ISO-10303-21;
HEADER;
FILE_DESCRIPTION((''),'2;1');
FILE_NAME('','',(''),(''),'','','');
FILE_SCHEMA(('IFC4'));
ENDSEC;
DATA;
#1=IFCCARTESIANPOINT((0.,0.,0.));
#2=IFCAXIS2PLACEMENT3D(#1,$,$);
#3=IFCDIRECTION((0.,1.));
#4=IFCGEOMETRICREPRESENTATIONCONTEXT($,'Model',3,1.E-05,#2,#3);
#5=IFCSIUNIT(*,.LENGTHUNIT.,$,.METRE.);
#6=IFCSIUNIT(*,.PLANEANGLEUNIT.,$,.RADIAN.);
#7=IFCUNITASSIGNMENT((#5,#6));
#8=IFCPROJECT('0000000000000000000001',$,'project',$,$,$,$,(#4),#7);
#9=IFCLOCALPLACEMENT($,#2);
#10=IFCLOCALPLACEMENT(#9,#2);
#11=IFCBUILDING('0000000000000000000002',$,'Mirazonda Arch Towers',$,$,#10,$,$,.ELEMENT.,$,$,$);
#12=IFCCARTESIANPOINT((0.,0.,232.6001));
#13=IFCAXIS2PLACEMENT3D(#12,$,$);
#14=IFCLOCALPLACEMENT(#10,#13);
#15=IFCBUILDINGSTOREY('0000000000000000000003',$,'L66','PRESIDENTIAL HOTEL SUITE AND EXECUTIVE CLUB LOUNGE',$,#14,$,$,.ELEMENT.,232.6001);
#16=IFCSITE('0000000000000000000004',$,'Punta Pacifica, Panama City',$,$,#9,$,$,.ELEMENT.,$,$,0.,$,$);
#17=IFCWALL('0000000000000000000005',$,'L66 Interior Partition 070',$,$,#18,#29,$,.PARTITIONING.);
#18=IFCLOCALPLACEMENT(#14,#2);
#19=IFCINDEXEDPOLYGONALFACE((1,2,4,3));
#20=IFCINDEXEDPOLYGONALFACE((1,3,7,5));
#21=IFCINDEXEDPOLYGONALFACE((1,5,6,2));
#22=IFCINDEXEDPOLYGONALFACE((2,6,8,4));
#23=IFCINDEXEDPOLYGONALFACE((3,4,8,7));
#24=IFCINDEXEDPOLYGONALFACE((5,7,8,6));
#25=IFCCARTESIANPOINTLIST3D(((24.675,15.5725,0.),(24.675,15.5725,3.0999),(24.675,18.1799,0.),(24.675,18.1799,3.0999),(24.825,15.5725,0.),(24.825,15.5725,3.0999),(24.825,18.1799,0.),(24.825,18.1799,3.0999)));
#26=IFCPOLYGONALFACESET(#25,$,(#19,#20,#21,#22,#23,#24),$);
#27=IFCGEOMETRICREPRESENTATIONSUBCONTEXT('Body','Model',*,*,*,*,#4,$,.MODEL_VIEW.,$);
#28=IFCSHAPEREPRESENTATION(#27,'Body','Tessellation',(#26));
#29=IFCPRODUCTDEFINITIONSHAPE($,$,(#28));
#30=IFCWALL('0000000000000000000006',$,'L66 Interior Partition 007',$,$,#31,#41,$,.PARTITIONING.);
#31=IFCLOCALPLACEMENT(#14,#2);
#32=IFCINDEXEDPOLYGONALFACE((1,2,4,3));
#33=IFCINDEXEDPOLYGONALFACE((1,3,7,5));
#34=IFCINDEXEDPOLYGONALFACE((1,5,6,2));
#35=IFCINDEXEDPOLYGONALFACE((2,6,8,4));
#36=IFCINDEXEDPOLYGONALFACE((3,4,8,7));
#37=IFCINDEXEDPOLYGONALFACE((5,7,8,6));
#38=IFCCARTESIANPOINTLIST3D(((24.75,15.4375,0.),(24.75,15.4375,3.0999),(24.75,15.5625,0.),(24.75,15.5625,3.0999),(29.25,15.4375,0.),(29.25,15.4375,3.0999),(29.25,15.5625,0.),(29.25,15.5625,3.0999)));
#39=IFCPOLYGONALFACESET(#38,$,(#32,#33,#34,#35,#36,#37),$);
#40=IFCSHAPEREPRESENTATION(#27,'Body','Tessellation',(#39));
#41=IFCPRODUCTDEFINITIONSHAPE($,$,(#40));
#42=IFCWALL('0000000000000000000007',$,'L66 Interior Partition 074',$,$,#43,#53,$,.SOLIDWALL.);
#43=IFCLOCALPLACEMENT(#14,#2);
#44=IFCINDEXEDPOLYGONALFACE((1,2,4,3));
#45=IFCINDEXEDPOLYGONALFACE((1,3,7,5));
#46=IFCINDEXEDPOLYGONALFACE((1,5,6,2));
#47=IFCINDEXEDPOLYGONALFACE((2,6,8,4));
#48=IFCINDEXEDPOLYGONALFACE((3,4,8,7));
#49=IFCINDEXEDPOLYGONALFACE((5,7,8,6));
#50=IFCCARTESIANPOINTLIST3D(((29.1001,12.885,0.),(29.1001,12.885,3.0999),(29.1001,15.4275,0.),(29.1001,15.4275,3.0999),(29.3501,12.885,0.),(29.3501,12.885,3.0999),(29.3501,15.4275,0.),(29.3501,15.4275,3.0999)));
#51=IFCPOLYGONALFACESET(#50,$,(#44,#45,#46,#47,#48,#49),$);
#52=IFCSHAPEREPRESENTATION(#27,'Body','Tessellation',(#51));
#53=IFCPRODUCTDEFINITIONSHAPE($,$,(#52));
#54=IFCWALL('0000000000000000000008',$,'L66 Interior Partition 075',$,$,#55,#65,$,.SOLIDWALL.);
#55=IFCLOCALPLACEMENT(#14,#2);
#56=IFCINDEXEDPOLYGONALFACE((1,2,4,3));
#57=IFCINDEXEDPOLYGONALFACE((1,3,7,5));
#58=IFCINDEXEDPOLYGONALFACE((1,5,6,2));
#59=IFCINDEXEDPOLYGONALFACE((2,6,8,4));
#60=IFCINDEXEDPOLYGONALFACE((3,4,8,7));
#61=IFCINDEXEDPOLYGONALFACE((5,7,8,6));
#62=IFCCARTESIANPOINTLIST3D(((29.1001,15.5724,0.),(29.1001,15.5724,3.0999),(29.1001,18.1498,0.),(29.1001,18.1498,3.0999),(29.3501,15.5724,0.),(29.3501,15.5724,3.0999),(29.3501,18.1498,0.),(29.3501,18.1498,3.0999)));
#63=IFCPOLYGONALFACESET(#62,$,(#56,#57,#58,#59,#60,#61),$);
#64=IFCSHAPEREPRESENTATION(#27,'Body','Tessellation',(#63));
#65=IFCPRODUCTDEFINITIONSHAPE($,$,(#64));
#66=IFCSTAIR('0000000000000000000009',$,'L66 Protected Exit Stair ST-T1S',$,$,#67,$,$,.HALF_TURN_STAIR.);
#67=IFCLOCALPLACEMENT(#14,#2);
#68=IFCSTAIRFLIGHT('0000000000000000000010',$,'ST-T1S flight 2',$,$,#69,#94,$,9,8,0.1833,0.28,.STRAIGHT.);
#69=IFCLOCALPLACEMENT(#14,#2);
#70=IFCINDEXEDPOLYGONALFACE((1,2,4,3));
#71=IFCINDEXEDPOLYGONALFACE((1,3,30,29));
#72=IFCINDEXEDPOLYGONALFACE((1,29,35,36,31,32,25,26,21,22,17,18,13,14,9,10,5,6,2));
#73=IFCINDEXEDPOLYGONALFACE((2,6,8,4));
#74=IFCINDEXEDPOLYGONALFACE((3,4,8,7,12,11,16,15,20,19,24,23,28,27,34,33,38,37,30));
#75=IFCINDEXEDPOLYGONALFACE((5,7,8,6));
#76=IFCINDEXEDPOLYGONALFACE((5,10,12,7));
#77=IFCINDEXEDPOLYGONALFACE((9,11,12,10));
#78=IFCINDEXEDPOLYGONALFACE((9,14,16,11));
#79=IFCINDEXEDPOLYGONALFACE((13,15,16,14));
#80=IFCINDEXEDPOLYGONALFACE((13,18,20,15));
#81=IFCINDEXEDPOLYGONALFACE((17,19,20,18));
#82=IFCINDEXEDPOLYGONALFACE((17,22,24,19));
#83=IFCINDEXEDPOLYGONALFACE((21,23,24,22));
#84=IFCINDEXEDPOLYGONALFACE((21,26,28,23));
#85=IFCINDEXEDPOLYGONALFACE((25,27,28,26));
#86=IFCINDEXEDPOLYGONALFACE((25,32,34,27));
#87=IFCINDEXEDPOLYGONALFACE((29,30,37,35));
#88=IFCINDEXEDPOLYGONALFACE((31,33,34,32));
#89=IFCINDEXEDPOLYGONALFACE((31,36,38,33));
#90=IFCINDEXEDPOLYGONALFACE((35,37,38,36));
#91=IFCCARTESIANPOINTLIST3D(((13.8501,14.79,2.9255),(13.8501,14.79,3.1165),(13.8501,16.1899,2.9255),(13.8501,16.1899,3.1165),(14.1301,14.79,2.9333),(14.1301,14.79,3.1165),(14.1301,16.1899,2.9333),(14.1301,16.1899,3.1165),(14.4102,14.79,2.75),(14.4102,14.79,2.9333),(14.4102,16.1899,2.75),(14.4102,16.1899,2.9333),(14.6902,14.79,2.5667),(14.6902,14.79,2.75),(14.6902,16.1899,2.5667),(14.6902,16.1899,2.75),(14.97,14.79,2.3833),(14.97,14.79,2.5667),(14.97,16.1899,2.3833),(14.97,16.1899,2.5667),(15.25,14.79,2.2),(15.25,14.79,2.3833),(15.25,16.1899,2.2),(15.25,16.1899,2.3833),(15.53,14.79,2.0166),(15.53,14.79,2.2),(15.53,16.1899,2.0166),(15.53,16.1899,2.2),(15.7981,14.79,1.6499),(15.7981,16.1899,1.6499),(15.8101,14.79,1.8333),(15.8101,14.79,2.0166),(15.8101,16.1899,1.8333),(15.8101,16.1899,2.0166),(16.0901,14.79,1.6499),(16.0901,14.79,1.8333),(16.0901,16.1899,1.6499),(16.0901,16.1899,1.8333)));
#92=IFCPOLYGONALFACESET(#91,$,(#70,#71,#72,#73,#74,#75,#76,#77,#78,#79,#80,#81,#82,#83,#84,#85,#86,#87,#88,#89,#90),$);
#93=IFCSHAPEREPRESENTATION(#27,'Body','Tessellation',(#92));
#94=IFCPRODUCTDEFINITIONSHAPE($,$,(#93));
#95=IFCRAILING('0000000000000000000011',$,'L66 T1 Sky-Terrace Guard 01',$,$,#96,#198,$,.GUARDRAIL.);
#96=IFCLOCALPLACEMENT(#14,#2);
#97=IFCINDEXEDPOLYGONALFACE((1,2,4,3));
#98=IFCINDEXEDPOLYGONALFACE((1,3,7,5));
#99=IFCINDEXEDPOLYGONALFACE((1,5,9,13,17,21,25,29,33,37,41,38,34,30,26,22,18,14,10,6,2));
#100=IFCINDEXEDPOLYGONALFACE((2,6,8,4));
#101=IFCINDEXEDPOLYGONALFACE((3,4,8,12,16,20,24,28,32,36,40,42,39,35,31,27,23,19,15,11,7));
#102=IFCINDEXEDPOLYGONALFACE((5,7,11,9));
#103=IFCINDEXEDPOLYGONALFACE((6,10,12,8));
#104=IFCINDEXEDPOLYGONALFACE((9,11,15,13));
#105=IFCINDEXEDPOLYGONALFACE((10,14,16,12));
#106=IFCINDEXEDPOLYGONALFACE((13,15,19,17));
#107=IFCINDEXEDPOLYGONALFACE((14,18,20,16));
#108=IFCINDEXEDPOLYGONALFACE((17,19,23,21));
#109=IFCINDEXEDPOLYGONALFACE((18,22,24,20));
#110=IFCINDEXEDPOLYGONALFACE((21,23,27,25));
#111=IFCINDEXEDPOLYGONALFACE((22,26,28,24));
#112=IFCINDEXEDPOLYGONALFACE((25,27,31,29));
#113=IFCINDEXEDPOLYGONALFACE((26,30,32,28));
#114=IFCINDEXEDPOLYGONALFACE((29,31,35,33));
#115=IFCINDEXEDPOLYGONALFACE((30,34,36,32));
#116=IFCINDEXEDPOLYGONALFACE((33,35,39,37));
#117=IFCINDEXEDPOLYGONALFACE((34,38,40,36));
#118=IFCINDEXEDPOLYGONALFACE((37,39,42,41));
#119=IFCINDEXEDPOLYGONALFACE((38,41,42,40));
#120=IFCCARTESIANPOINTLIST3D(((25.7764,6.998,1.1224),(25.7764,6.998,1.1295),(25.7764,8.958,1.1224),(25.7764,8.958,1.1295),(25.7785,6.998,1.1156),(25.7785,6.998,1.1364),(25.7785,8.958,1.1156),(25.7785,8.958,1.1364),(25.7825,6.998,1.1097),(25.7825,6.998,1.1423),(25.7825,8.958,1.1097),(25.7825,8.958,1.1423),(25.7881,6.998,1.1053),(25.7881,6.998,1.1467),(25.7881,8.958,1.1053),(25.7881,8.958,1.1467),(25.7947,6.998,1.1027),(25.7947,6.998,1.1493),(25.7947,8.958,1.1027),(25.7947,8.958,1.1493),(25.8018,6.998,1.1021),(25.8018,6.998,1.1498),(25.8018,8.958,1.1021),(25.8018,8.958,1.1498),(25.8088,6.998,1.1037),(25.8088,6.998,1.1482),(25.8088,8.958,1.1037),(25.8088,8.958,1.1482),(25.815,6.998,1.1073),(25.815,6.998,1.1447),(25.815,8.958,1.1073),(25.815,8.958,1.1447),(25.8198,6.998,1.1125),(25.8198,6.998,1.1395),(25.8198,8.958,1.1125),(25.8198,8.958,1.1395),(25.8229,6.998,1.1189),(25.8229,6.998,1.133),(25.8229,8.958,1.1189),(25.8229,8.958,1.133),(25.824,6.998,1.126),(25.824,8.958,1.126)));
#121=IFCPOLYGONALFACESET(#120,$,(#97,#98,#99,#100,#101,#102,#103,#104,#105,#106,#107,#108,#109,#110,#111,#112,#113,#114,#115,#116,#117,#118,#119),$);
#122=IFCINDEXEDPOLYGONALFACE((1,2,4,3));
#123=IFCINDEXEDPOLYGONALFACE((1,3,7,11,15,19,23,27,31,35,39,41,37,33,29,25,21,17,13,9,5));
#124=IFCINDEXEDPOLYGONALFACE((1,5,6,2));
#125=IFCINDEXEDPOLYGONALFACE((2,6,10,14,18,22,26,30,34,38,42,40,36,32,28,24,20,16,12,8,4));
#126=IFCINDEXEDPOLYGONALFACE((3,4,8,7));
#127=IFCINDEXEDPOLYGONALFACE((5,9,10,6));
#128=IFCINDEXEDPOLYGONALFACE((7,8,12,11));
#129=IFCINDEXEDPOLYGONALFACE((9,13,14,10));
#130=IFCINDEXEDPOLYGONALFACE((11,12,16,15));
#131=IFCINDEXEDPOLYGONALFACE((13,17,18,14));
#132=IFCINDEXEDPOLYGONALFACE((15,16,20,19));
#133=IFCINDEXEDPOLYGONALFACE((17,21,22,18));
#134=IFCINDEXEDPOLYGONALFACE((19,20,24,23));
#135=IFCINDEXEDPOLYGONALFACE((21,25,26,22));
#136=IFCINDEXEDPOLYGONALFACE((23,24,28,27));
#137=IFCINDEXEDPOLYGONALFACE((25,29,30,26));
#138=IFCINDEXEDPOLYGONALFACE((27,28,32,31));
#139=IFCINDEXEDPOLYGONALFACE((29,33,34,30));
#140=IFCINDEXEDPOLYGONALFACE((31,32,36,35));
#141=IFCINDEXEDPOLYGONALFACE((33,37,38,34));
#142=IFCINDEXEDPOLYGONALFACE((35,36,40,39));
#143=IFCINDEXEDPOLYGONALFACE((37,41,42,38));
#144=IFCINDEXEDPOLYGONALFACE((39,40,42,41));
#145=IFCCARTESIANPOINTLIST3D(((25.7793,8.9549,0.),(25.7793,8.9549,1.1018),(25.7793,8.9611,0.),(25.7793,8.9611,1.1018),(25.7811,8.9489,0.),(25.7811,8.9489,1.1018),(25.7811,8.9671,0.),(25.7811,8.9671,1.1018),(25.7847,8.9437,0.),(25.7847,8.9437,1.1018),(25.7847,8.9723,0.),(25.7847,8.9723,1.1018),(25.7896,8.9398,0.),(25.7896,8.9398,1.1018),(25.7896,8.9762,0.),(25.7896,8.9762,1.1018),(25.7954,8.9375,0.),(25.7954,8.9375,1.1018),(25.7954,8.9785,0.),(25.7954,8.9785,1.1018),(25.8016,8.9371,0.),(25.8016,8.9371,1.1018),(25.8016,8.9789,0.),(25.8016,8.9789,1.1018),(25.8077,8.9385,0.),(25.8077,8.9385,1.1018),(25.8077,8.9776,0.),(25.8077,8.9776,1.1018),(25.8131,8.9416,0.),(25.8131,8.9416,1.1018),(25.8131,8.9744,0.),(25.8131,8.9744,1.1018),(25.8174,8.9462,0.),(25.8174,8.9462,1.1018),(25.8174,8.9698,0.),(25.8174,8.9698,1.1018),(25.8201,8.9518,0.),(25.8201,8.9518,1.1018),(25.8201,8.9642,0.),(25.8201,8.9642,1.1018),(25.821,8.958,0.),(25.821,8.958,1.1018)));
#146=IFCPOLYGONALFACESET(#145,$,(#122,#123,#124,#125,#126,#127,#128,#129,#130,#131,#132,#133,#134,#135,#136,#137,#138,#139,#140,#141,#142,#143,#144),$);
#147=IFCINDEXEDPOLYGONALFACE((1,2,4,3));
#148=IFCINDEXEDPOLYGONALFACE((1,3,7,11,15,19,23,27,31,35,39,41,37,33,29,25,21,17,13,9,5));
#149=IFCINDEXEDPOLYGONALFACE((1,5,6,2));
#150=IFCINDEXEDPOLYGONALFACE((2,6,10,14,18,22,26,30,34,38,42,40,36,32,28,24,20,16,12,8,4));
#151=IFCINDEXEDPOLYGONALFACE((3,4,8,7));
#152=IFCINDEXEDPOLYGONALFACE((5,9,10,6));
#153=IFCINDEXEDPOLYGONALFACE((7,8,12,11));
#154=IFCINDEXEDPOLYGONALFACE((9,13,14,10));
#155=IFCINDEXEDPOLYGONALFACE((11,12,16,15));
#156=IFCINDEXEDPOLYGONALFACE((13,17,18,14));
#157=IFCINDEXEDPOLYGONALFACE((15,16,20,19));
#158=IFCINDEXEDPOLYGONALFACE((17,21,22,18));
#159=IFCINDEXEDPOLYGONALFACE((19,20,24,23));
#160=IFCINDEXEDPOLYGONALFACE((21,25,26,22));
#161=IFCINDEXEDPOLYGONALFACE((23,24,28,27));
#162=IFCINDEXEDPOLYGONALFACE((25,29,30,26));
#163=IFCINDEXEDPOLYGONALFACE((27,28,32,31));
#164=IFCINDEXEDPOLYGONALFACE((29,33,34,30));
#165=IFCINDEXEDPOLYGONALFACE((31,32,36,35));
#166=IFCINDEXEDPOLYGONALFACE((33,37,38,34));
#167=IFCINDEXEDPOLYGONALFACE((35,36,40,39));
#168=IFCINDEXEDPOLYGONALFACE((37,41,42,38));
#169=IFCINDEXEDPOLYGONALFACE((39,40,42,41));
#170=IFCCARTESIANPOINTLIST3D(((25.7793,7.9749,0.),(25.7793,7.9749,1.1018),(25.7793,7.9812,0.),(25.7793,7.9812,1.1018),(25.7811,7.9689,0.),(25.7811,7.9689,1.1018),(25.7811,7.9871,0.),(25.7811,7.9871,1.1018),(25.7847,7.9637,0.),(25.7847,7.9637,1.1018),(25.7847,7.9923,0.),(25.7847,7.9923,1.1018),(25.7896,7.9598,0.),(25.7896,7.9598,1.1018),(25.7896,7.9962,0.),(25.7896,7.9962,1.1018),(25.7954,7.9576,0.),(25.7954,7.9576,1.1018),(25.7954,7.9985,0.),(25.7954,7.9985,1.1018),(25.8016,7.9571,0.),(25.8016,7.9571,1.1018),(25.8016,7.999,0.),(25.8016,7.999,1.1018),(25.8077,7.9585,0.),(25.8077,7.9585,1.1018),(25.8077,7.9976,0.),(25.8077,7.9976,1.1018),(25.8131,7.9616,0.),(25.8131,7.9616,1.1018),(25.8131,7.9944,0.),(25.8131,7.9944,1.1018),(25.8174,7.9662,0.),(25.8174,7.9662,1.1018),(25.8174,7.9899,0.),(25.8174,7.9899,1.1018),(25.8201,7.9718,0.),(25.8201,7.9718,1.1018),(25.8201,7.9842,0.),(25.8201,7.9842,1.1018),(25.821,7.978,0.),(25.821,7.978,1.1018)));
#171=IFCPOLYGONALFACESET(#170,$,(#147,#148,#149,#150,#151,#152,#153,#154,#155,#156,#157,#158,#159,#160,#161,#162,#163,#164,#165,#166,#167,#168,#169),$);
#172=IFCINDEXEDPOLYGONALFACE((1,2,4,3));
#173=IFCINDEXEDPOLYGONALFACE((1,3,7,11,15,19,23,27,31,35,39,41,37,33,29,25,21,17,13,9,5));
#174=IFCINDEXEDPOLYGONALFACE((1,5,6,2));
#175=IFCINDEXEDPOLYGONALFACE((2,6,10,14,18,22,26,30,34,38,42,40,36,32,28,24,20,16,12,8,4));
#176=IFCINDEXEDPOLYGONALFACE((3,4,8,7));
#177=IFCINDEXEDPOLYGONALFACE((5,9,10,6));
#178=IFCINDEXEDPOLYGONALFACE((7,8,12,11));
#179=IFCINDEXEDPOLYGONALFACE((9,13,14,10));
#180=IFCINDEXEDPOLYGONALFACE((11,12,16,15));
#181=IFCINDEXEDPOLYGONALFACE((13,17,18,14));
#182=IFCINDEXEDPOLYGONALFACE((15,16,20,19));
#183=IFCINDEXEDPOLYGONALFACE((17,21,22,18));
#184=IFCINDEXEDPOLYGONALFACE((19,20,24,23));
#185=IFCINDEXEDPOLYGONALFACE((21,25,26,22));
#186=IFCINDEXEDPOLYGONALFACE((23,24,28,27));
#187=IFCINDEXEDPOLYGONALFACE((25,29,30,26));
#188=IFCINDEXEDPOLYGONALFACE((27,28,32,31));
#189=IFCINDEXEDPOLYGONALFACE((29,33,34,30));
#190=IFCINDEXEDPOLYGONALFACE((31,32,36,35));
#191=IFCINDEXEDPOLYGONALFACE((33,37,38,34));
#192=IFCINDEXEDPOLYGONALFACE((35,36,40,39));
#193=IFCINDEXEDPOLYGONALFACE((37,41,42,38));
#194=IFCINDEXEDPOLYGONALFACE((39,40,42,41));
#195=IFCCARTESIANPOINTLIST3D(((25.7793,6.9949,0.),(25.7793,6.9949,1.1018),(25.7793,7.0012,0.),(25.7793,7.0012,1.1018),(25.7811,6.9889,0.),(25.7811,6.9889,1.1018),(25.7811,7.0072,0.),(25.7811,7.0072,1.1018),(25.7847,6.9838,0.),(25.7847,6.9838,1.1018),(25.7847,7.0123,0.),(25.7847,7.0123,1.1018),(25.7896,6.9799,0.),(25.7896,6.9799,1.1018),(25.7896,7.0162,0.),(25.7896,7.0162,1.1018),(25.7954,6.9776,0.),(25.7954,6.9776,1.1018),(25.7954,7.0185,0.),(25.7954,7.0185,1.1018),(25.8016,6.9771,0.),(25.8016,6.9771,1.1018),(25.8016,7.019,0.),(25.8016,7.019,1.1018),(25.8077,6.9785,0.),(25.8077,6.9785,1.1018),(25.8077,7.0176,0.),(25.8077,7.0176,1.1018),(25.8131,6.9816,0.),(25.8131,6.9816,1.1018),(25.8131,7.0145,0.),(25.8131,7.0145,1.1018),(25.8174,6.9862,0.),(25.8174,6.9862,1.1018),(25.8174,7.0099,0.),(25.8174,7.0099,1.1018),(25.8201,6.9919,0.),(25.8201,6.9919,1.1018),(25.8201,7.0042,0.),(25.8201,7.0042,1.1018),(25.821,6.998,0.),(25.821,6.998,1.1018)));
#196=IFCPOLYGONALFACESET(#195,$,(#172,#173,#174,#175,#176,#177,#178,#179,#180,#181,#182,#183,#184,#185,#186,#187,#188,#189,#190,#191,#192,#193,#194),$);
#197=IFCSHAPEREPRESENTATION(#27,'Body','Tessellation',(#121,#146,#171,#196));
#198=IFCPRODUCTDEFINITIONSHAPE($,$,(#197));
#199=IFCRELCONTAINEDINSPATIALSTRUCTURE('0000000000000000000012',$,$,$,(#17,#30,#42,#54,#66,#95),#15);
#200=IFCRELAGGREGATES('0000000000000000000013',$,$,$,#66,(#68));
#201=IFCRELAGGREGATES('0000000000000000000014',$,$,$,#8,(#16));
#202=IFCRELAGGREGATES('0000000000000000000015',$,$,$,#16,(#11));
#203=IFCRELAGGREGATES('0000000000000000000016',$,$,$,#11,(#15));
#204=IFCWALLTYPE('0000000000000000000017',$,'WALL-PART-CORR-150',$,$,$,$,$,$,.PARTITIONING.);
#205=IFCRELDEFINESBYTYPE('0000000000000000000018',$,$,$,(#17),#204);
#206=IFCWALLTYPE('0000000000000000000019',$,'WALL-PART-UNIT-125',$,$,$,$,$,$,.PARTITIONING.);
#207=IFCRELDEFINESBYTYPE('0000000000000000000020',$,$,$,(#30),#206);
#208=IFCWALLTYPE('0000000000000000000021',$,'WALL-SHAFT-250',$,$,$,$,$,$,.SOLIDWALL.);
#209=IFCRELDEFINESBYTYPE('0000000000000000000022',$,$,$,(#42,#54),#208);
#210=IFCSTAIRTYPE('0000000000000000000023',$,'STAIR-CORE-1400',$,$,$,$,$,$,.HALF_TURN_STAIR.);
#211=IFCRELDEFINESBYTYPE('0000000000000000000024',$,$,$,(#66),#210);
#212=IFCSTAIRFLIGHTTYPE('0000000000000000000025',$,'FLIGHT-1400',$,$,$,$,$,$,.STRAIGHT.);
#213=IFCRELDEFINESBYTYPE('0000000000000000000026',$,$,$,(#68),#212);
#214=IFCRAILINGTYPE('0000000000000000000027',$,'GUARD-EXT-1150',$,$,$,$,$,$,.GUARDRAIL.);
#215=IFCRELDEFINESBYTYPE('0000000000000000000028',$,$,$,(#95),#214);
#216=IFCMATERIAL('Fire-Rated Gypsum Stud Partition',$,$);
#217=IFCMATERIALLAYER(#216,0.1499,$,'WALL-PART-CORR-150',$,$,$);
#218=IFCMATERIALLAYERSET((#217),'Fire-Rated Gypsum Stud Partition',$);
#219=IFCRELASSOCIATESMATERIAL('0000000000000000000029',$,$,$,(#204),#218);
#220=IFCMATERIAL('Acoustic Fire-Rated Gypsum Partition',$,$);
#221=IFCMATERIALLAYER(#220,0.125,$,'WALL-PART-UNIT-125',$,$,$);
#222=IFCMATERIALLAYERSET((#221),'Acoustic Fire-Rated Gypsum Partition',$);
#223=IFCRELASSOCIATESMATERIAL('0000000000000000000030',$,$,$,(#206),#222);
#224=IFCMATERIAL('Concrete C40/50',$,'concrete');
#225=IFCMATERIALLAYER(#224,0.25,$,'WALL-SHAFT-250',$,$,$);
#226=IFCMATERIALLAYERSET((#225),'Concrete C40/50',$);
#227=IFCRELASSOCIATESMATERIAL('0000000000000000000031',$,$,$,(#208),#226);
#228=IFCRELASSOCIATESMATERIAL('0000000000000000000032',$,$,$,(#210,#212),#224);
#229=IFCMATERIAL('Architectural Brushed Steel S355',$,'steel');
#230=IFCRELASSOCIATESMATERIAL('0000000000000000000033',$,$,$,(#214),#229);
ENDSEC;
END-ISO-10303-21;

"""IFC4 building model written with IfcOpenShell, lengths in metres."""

from ifc_helpers import new_model, si_unit, direction, frame, frame_2d, origin, origin_2d, place, context, subcontext, project, spatial, polyline, rectangle, circle, outline, extrude, material, layer, layer_set, type_object, element, aggregate, save


model = new_model("IFC4")

# Units and contexts
model_context = context("Model", 3, precision=1e-05, world=origin(), true_north=direction((0.0, 1.0)))
body_context = subcontext(model_context, "Body", "Model", "MODEL_VIEW")
ifc_project = project(units=[si_unit("LENGTHUNIT", "METRE"), si_unit("PLANEANGLEUNIT", "RADIAN")], contexts=[model_context])

# Site, building, storey
site_placement = place(None, origin())
site = spatial("IfcSite", under=ifc_project, at=site_placement, Name="Punta Pacifica, Panama City", CompositionType="ELEMENT", RefElevation=0.0)
building_placement = place(site_placement, origin())
building = spatial("IfcBuilding", under=site, at=building_placement, Name="Mirazonda Arch Towers", CompositionType="ELEMENT")
storey_placement = place(building_placement, frame((0.0, 0.0, 232.6001)))
storey = spatial("IfcBuildingStorey", under=building, at=storey_placement, Name="L66", Description="PRESIDENTIAL HOTEL SUITE AND EXECUTIVE CLUB LOUNGE", CompositionType="ELEMENT", Elevation=232.6001)

# Shared definitions
ifc_material_1 = material(Name="Concrete C40/50", Category="concrete")
ifc_material_2 = material(Name="Fire-Rated Gypsum Stud Partition")
ifc_layer_1 = layer(ifc_material_2, 0.1499, Name="WALL-PART-CORR-150")
ifc_layer_set_1 = layer_set([ifc_layer_1], Name="Fire-Rated Gypsum Stud Partition")
wall_type_1 = type_object("IfcWallType", Name="WALL-PART-CORR-150", PredefinedType="PARTITIONING", material=ifc_layer_set_1)

# Shared definitions
ifc_material_3 = material(Name="Architectural Brushed Steel S355", Category="steel")

# Walls
wall_1_placement = place(storey_placement, frame((24.75, 15.5725, 0.0), z_axis=(0.0, 0.0, 1.0), x_axis=(0.0, 1.0, 0.0)))
element("IfcWall", 1, at=wall_1_placement, inside=storey, type_object=wall_type_1, Name="L66 Interior Partition 070", PredefinedType="PARTITIONING", context=body_context, shape_type="SweptSolid", body=[
    extrude(rectangle(XDim=2.6074, YDim=0.1499, at=frame_2d((1.3037, 0.0))), origin(), (0.0, 0.0, 1.0), 3.0999),
])
ifc_material_4 = material(Name="Acoustic Fire-Rated Gypsum Partition")
ifc_layer_2 = layer(ifc_material_4, 0.125, Name="WALL-PART-UNIT-125")
ifc_layer_set_2 = layer_set([ifc_layer_2], Name="Acoustic Fire-Rated Gypsum Partition")
wall_type_2 = type_object("IfcWallType", Name="WALL-PART-UNIT-125", PredefinedType="PARTITIONING", material=ifc_layer_set_2)
wall_2_placement = place(storey_placement, frame((24.75, 15.5, 0.0), z_axis=(0.0, 0.0, 1.0), x_axis=(1.0, 0.0, 0.0)))
element("IfcWall", 2, at=wall_2_placement, inside=storey, type_object=wall_type_2, Name="L66 Interior Partition 007", PredefinedType="PARTITIONING", context=body_context, shape_type="SweptSolid", body=[
    extrude(rectangle(XDim=4.5, YDim=0.125, at=frame_2d((2.25, 0.0))), origin(), (0.0, 0.0, 1.0), 3.0999),
])
ifc_layer_3 = layer(ifc_material_1, 0.25, Name="WALL-SHAFT-250")
ifc_layer_set_3 = layer_set([ifc_layer_3], Name="Concrete C40/50")
wall_type_3 = type_object("IfcWallType", Name="WALL-SHAFT-250", PredefinedType="SOLIDWALL", material=ifc_layer_set_3)
wall_3_placement = place(storey_placement, frame((29.2251, 12.885, 0.0), z_axis=(0.0, 0.0, 1.0), x_axis=(0.0, 1.0, 0.0)))
element("IfcWall", 3, at=wall_3_placement, inside=storey, type_object=wall_type_3, Name="L66 Interior Partition 074", PredefinedType="SOLIDWALL", context=body_context, shape_type="SweptSolid", body=[
    extrude(rectangle(XDim=2.5425, YDim=0.25, at=frame_2d((1.2712, 0.0))), origin(), (0.0, 0.0, 1.0), 3.0999),
])
wall_4_placement = place(storey_placement, frame((29.2251, 15.5725, 0.0), z_axis=(0.0, 0.0, 1.0), x_axis=(0.0, 1.0, 0.0)))
element("IfcWall", 4, at=wall_4_placement, inside=storey, type_object=wall_type_3, Name="L66 Interior Partition 075", PredefinedType="SOLIDWALL", context=body_context, shape_type="SweptSolid", body=[
    extrude(rectangle(XDim=2.5774, YDim=0.25, at=frame_2d((1.2886, 0.0))), origin(), (0.0, 0.0, 1.0), 3.0999),
])

# Stair, stair flight
stair_type = type_object("IfcStairType", Name="STAIR-CORE-1400", PredefinedType="HALF_TURN_STAIR", material=ifc_material_1)
stair_placement = place(storey_placement, origin())
stair = element("IfcStair", 5, at=stair_placement, inside=storey, type_object=stair_type, Name="L66 Protected Exit Stair ST-T1S", PredefinedType="HALF_TURN_STAIR")
stair_flight_type = type_object("IfcStairFlightType", Name="FLIGHT-1400", PredefinedType="STRAIGHT", material=ifc_material_1)
stair_flight_placement = place(storey_placement, frame((16.0901, 15.49, 1.6499), z_axis=(0.0, 0.0, 1.0), x_axis=(-1.0, 0.0, 0.0)))
stair_flight = element("IfcStairFlight", 6, at=stair_flight_placement, type_object=stair_flight_type, Name="ST-T1S flight 2", NumberOfRisers=9, NumberOfTreads=8, PredefinedType="STRAIGHT", RiserHeight=0.1833, TreadLength=0.28, context=body_context, shape_type="SweptSolid", body=[
    extrude(outline(polyline([(0.0, 0.0), (0.0, 0.1833), (0.28, 0.1833), (0.28, 0.3667), (0.5601, 0.3667), (0.5601, 0.55), (0.8401, 0.55), (0.8401, 0.7334), (1.1201, 0.7334), (1.1201, 0.9167), (1.3999, 0.9167), (1.3999, 1.1001), (1.6799, 1.1001), (1.6799, 1.2834), (1.96, 1.2834), (1.96, 1.4666), (2.24, 1.4666), (2.24, 1.6499), (2.24, 1.2756), (0.292, 0.0), (0.0, 0.0)])), frame((0.0, 0.7, 0.0), z_axis=(0.0, -1.0, 0.0), x_axis=(1.0, 0.0, 0.0)), (0.0, 0.0, 1.0), 1.3999),
])
aggregate(stair, [stair_flight])

# Railing
railing_type_1 = type_object("IfcRailingType", Name="GUARD-EXT-1150", PredefinedType="GUARDRAIL", material=ifc_material_3)
railing_1_placement = place(storey_placement, frame((25.8, 8.958, 0.0)))
element("IfcRailing", 7, at=railing_1_placement, inside=storey, type_object=railing_type_1, Name="L66 T1 Sky-Terrace Guard 01", PredefinedType="GUARDRAIL", context=body_context, shape_type="SweptSolid", body=[
    extrude(circle(Radius=0.0239, at=origin_2d()), frame((0.0, 0.0, 1.126), z_axis=(0.0, -1.0, 0.0), x_axis=(1.0, 0.0, 0.0)), (0.0, 0.0, 1.0), 1.96),
    extrude(circle(Radius=0.021, at=origin_2d()), origin(), (0.0, 0.0, 1.0), 1.1018),
    extrude(circle(Radius=0.021, at=origin_2d()), frame((0.0, -0.98, 0.0)), (0.0, 0.0, 1.0), 1.1018),
    extrude(circle(Radius=0.021, at=origin_2d()), frame((0.0, -1.96, 0.0)), (0.0, 0.0, 1.0), 1.1018),
])

save(model, "model.ifc")
